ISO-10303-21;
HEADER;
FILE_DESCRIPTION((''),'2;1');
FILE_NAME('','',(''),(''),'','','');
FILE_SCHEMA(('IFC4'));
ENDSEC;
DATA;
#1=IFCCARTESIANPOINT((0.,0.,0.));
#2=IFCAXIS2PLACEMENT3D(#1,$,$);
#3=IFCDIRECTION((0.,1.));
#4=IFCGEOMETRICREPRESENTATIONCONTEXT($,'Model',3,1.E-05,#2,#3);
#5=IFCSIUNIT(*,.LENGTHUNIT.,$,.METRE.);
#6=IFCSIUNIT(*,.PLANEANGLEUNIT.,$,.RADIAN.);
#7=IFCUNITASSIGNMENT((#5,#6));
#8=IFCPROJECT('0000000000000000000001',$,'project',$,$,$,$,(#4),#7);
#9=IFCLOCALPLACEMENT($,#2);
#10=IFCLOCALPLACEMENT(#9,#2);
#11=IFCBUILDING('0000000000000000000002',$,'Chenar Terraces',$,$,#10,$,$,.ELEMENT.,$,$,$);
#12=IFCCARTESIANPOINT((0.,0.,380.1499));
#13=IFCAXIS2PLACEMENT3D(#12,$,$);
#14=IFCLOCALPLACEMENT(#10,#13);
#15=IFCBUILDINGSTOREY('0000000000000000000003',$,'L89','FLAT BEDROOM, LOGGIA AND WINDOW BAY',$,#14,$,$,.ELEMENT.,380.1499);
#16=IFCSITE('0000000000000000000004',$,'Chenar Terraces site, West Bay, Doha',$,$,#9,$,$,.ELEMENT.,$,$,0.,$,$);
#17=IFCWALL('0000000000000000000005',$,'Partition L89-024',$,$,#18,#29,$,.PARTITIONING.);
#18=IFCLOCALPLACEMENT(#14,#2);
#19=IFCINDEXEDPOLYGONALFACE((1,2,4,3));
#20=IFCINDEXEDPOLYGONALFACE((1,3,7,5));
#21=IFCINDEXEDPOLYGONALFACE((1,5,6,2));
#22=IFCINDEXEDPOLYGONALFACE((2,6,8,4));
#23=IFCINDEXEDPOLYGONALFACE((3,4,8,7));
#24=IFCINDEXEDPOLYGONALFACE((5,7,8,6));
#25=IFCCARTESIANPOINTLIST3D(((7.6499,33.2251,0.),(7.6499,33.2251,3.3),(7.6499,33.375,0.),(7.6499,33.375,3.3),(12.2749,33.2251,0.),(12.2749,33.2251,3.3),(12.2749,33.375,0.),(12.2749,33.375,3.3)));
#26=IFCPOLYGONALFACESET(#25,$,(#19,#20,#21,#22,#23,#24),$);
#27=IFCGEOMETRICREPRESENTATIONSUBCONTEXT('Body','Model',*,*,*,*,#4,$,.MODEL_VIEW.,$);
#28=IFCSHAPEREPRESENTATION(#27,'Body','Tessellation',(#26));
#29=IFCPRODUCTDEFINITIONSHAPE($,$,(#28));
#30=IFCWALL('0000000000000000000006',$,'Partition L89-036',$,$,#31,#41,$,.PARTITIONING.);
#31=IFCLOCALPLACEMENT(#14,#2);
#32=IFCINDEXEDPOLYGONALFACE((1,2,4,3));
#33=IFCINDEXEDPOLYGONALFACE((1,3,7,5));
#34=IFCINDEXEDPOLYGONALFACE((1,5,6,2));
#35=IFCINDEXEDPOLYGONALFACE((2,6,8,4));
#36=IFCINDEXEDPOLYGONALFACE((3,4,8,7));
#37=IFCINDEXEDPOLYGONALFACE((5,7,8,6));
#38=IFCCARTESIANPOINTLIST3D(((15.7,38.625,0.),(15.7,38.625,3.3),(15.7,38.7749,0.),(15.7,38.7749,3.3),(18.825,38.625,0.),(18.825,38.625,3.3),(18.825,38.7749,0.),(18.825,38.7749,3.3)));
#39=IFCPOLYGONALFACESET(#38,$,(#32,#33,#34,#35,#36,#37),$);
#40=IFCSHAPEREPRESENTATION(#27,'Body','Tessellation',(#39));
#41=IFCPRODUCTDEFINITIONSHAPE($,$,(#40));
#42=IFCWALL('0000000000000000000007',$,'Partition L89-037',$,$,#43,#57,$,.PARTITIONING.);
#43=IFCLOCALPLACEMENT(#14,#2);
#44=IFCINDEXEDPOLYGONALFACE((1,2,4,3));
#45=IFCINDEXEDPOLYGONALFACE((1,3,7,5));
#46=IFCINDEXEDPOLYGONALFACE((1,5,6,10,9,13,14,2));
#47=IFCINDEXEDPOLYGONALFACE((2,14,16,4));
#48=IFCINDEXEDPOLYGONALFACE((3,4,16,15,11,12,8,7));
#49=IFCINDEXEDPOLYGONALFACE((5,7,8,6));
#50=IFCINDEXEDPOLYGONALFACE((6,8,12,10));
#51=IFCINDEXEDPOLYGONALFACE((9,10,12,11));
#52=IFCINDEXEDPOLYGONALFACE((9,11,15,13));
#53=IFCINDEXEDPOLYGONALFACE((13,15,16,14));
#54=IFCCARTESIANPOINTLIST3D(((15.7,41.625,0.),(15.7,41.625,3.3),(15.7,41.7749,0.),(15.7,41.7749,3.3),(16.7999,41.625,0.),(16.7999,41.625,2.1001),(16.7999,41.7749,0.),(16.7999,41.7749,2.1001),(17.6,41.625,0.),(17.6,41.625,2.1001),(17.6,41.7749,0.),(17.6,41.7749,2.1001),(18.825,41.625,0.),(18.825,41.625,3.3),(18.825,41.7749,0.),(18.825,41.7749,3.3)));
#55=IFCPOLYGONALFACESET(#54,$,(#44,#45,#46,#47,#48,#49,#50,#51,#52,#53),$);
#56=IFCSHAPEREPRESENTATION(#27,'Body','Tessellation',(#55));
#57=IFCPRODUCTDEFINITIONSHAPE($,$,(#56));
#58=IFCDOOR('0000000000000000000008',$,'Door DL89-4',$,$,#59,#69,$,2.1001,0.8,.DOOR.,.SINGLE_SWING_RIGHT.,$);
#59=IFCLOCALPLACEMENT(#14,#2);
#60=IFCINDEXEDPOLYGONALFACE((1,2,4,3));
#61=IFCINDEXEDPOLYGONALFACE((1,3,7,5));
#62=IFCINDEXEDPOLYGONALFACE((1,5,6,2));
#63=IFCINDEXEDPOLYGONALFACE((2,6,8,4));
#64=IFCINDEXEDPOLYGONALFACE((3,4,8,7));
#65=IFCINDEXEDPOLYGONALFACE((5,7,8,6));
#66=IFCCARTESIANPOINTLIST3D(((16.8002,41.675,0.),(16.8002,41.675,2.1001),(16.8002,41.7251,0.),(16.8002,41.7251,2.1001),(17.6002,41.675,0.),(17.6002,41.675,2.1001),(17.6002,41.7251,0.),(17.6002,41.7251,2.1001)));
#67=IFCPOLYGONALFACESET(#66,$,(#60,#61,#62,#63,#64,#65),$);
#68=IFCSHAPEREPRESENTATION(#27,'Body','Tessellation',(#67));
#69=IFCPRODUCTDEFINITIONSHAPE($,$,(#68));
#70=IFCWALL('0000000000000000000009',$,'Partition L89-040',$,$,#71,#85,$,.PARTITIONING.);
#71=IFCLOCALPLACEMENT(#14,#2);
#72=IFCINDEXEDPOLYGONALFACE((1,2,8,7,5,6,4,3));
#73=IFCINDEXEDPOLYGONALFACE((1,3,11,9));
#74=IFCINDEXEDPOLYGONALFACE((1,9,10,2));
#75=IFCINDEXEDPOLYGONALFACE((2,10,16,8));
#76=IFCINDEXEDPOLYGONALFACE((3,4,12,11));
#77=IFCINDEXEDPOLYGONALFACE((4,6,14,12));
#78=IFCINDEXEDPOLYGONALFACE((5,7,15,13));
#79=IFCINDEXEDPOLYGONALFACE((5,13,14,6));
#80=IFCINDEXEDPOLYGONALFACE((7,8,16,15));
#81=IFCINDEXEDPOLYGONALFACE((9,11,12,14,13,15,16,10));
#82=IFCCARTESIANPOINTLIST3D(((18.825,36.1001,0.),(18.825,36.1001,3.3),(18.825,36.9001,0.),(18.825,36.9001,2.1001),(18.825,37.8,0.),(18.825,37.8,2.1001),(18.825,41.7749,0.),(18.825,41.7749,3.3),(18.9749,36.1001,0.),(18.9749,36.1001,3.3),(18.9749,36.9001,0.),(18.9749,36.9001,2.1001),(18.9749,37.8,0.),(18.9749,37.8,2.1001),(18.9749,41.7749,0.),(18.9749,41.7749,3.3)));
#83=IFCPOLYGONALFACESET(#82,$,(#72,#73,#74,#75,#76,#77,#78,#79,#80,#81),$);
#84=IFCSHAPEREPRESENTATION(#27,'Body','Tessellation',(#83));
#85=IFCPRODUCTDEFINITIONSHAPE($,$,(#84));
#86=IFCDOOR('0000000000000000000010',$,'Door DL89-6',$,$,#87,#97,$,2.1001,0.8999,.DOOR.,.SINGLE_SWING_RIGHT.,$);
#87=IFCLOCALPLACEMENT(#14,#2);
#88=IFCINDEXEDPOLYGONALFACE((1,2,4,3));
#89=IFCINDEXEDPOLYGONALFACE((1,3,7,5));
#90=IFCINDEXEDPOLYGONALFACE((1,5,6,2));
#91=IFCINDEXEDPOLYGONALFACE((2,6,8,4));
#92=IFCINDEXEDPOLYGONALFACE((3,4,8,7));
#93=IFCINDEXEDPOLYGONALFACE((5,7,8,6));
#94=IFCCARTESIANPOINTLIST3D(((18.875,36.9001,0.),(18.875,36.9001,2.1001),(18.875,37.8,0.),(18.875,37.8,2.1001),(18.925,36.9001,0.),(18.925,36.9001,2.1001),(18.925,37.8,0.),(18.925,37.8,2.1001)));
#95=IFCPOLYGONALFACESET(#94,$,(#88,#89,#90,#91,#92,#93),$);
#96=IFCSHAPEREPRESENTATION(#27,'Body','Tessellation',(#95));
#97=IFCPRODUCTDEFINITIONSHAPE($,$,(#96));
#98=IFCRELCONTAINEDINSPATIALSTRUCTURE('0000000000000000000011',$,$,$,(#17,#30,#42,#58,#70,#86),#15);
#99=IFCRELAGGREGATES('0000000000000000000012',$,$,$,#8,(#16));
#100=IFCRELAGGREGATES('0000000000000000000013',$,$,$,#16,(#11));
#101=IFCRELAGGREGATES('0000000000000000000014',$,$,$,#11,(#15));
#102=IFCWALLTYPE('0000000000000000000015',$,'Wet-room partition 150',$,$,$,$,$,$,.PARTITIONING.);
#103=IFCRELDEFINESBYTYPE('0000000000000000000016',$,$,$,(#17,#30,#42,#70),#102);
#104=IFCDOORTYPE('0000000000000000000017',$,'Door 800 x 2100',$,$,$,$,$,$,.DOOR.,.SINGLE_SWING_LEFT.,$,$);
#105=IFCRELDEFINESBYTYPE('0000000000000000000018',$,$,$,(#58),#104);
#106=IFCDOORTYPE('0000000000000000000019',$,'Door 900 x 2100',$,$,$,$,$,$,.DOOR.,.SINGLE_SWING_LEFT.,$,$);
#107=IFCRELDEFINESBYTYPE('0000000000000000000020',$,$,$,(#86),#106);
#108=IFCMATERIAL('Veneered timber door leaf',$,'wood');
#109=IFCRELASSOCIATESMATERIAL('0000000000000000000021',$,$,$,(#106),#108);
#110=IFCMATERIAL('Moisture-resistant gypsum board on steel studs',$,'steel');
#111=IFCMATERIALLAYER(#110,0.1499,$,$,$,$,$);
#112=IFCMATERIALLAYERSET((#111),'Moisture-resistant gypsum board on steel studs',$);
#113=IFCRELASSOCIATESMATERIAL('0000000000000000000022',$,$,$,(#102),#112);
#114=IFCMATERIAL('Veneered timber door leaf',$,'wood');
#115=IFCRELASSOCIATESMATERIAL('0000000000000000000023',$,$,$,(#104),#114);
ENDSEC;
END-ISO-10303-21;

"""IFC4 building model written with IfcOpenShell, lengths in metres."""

from ifc_helpers import new_model, si_unit, direction, frame, frame_2d, origin, place, context, subcontext, project, spatial, rectangle, extrude, material, layer, layer_set, type_object, element, fill, save


model = new_model("IFC4")

# Units and contexts
model_context = context("Model", 3, precision=1e-05, world=origin(), true_north=direction((0.0, 1.0)))
body_context = subcontext(model_context, "Body", "Model", "MODEL_VIEW")
ifc_project = project(units=[si_unit("LENGTHUNIT", "METRE"), si_unit("PLANEANGLEUNIT", "RADIAN")], contexts=[model_context])

# Site, building, storey
site_placement = place(None, origin())
site = spatial("IfcSite", under=ifc_project, at=site_placement, Name="Chenar Terraces site, West Bay, Doha", CompositionType="ELEMENT", RefElevation=0.0)
building_placement = place(site_placement, origin())
building = spatial("IfcBuilding", under=site, at=building_placement, Name="Chenar Terraces", CompositionType="ELEMENT")
storey_placement = place(building_placement, frame((0.0, 0.0, 380.1499)))
storey = spatial("IfcBuildingStorey", under=building, at=storey_placement, Name="L89", Description="FLAT BEDROOM, LOGGIA AND WINDOW BAY", CompositionType="ELEMENT", Elevation=380.1499)

# Shared definitions
ifc_material_1 = material(Name="Veneered timber door leaf", Category="wood")
door_type_1 = type_object("IfcDoorType", Name="Door 900 x 2100", OperationType="SINGLE_SWING_LEFT", PredefinedType="DOOR", material=ifc_material_1)

# Shared definitions
ifc_material_2 = material(Name="Moisture-resistant gypsum board on steel studs", Category="steel")
ifc_layer_1 = layer(ifc_material_2, 0.1499)
ifc_layer_set_1 = layer_set([ifc_layer_1], Name="Moisture-resistant gypsum board on steel studs")
wall_type_1 = type_object("IfcWallType", Name="Wet-room partition 150", PredefinedType="PARTITIONING", material=ifc_layer_set_1)

# Shared definitions
ifc_material_3 = material(Name="Veneered timber door leaf", Category="wood")
door_type_2 = type_object("IfcDoorType", Name="Door 800 x 2100", OperationType="SINGLE_SWING_LEFT", PredefinedType="DOOR", material=ifc_material_3)

# Walls
wall_1_placement = place(storey_placement, frame((7.6499, 33.3, 0.0), z_axis=(0.0, 0.0, 1.0), x_axis=(1.0, 0.0, 0.0)))
element("IfcWall", 1, at=wall_1_placement, inside=storey, type_object=wall_type_1, Name="Partition L89-024", PredefinedType="PARTITIONING", context=body_context, shape_type="SweptSolid", body=[
    extrude(rectangle(XDim=4.625, YDim=0.1499, at=frame_2d((2.3125, 0.0))), origin(), (0.0, 0.0, 1.0), 3.3),
])
wall_2_placement = place(storey_placement, frame((15.7, 38.7, 0.0), z_axis=(0.0, 0.0, 1.0), x_axis=(1.0, 0.0, 0.0)))
element("IfcWall", 2, at=wall_2_placement, inside=storey, type_object=wall_type_1, Name="Partition L89-036", PredefinedType="PARTITIONING", context=body_context, shape_type="SweptSolid", body=[
    extrude(rectangle(XDim=3.125, YDim=0.1499, at=frame_2d((1.5625, 0.0))), origin(), (0.0, 0.0, 1.0), 3.3),
])

# Walls, openings, doors
wall_3_placement = place(storey_placement, frame((15.7, 41.7, 0.0), z_axis=(0.0, 0.0, 1.0), x_axis=(1.0, 0.0, 0.0)))
wall_3 = element("IfcWall", 3, at=wall_3_placement, inside=storey, type_object=wall_type_1, Name="Partition L89-037", PredefinedType="PARTITIONING", context=body_context, shape_type="SweptSolid", body=[
    extrude(rectangle(XDim=3.125, YDim=0.1499, at=frame_2d((1.5625, 0.0))), origin(), (0.0, 0.0, 1.0), 3.3),
])
opening_1_placement = place(wall_3_placement, frame((1.1001, 0.0, 0.0)))
opening_1 = element("IfcOpeningElement", 4, at=opening_1_placement, cuts=wall_3, PredefinedType="OPENING", context=body_context, shape_type="SweptSolid", body=[
    extrude(rectangle(XDim=0.8, YDim=2.1001, at=frame_2d((0.3999, 1.05))), frame((0.0, 0.085, 0.0), z_axis=(0.0, -1.0, 0.0), x_axis=(1.0, 0.0, 0.0)), (0.0, 0.0, 1.0), 0.1699),
])
door_1_placement = place(opening_1_placement, frame((0.8, 0.0, 0.0), z_axis=(0.0, 0.0, 1.0), x_axis=(-1.0, 0.0, 0.0)))
door_1 = element("IfcDoor", 5, at=door_1_placement, inside=storey, type_object=door_type_2, Name="Door DL89-4", OperationType="SINGLE_SWING_RIGHT", OverallHeight=2.1001, OverallWidth=0.8, PredefinedType="DOOR", context=body_context, shape_type="SweptSolid", body=[
    extrude(rectangle(XDim=0.8, YDim=2.1001, at=frame_2d((0.3999, 1.05))), frame((0.0, 0.0249, 0.0), z_axis=(0.0, -1.0, 0.0), x_axis=(1.0, 0.0, 0.0)), (0.0, 0.0, 1.0), 0.05),
])
fill(opening_1, door_1)
wall_4_placement = place(storey_placement, frame((18.8999, 36.1001, 0.0), z_axis=(0.0, 0.0, 1.0), x_axis=(0.0, 1.0, 0.0)))
wall_4 = element("IfcWall", 6, at=wall_4_placement, inside=storey, type_object=wall_type_1, Name="Partition L89-040", PredefinedType="PARTITIONING", context=body_context, shape_type="SweptSolid", body=[
    extrude(rectangle(XDim=5.6748, YDim=0.1499, at=frame_2d((2.8374, 0.0))), origin(), (0.0, 0.0, 1.0), 3.3),
])
opening_2_placement = place(wall_4_placement, frame((0.8, 0.0, 0.0)))
opening_2 = element("IfcOpeningElement", 7, at=opening_2_placement, cuts=wall_4, PredefinedType="OPENING", context=body_context, shape_type="SweptSolid", body=[
    extrude(rectangle(XDim=0.8999, YDim=2.1001, at=frame_2d((0.45, 1.05))), frame((0.0, 0.085, 0.0), z_axis=(0.0, -1.0, 0.0), x_axis=(1.0, 0.0, 0.0)), (0.0, 0.0, 1.0), 0.1699),
])
door_2_placement = place(opening_2_placement, origin())
door_2 = element("IfcDoor", 8, at=door_2_placement, inside=storey, type_object=door_type_1, Name="Door DL89-6", OperationType="SINGLE_SWING_RIGHT", OverallHeight=2.1001, OverallWidth=0.8999, PredefinedType="DOOR", context=body_context, shape_type="SweptSolid", body=[
    extrude(rectangle(XDim=0.8999, YDim=2.1001, at=frame_2d((0.45, 1.05))), frame((0.0, 0.0249, 0.0), z_axis=(0.0, -1.0, 0.0), x_axis=(1.0, 0.0, 0.0)), (0.0, 0.0, 1.0), 0.05),
])
fill(opening_2, door_2)

save(model, "model.ifc")
